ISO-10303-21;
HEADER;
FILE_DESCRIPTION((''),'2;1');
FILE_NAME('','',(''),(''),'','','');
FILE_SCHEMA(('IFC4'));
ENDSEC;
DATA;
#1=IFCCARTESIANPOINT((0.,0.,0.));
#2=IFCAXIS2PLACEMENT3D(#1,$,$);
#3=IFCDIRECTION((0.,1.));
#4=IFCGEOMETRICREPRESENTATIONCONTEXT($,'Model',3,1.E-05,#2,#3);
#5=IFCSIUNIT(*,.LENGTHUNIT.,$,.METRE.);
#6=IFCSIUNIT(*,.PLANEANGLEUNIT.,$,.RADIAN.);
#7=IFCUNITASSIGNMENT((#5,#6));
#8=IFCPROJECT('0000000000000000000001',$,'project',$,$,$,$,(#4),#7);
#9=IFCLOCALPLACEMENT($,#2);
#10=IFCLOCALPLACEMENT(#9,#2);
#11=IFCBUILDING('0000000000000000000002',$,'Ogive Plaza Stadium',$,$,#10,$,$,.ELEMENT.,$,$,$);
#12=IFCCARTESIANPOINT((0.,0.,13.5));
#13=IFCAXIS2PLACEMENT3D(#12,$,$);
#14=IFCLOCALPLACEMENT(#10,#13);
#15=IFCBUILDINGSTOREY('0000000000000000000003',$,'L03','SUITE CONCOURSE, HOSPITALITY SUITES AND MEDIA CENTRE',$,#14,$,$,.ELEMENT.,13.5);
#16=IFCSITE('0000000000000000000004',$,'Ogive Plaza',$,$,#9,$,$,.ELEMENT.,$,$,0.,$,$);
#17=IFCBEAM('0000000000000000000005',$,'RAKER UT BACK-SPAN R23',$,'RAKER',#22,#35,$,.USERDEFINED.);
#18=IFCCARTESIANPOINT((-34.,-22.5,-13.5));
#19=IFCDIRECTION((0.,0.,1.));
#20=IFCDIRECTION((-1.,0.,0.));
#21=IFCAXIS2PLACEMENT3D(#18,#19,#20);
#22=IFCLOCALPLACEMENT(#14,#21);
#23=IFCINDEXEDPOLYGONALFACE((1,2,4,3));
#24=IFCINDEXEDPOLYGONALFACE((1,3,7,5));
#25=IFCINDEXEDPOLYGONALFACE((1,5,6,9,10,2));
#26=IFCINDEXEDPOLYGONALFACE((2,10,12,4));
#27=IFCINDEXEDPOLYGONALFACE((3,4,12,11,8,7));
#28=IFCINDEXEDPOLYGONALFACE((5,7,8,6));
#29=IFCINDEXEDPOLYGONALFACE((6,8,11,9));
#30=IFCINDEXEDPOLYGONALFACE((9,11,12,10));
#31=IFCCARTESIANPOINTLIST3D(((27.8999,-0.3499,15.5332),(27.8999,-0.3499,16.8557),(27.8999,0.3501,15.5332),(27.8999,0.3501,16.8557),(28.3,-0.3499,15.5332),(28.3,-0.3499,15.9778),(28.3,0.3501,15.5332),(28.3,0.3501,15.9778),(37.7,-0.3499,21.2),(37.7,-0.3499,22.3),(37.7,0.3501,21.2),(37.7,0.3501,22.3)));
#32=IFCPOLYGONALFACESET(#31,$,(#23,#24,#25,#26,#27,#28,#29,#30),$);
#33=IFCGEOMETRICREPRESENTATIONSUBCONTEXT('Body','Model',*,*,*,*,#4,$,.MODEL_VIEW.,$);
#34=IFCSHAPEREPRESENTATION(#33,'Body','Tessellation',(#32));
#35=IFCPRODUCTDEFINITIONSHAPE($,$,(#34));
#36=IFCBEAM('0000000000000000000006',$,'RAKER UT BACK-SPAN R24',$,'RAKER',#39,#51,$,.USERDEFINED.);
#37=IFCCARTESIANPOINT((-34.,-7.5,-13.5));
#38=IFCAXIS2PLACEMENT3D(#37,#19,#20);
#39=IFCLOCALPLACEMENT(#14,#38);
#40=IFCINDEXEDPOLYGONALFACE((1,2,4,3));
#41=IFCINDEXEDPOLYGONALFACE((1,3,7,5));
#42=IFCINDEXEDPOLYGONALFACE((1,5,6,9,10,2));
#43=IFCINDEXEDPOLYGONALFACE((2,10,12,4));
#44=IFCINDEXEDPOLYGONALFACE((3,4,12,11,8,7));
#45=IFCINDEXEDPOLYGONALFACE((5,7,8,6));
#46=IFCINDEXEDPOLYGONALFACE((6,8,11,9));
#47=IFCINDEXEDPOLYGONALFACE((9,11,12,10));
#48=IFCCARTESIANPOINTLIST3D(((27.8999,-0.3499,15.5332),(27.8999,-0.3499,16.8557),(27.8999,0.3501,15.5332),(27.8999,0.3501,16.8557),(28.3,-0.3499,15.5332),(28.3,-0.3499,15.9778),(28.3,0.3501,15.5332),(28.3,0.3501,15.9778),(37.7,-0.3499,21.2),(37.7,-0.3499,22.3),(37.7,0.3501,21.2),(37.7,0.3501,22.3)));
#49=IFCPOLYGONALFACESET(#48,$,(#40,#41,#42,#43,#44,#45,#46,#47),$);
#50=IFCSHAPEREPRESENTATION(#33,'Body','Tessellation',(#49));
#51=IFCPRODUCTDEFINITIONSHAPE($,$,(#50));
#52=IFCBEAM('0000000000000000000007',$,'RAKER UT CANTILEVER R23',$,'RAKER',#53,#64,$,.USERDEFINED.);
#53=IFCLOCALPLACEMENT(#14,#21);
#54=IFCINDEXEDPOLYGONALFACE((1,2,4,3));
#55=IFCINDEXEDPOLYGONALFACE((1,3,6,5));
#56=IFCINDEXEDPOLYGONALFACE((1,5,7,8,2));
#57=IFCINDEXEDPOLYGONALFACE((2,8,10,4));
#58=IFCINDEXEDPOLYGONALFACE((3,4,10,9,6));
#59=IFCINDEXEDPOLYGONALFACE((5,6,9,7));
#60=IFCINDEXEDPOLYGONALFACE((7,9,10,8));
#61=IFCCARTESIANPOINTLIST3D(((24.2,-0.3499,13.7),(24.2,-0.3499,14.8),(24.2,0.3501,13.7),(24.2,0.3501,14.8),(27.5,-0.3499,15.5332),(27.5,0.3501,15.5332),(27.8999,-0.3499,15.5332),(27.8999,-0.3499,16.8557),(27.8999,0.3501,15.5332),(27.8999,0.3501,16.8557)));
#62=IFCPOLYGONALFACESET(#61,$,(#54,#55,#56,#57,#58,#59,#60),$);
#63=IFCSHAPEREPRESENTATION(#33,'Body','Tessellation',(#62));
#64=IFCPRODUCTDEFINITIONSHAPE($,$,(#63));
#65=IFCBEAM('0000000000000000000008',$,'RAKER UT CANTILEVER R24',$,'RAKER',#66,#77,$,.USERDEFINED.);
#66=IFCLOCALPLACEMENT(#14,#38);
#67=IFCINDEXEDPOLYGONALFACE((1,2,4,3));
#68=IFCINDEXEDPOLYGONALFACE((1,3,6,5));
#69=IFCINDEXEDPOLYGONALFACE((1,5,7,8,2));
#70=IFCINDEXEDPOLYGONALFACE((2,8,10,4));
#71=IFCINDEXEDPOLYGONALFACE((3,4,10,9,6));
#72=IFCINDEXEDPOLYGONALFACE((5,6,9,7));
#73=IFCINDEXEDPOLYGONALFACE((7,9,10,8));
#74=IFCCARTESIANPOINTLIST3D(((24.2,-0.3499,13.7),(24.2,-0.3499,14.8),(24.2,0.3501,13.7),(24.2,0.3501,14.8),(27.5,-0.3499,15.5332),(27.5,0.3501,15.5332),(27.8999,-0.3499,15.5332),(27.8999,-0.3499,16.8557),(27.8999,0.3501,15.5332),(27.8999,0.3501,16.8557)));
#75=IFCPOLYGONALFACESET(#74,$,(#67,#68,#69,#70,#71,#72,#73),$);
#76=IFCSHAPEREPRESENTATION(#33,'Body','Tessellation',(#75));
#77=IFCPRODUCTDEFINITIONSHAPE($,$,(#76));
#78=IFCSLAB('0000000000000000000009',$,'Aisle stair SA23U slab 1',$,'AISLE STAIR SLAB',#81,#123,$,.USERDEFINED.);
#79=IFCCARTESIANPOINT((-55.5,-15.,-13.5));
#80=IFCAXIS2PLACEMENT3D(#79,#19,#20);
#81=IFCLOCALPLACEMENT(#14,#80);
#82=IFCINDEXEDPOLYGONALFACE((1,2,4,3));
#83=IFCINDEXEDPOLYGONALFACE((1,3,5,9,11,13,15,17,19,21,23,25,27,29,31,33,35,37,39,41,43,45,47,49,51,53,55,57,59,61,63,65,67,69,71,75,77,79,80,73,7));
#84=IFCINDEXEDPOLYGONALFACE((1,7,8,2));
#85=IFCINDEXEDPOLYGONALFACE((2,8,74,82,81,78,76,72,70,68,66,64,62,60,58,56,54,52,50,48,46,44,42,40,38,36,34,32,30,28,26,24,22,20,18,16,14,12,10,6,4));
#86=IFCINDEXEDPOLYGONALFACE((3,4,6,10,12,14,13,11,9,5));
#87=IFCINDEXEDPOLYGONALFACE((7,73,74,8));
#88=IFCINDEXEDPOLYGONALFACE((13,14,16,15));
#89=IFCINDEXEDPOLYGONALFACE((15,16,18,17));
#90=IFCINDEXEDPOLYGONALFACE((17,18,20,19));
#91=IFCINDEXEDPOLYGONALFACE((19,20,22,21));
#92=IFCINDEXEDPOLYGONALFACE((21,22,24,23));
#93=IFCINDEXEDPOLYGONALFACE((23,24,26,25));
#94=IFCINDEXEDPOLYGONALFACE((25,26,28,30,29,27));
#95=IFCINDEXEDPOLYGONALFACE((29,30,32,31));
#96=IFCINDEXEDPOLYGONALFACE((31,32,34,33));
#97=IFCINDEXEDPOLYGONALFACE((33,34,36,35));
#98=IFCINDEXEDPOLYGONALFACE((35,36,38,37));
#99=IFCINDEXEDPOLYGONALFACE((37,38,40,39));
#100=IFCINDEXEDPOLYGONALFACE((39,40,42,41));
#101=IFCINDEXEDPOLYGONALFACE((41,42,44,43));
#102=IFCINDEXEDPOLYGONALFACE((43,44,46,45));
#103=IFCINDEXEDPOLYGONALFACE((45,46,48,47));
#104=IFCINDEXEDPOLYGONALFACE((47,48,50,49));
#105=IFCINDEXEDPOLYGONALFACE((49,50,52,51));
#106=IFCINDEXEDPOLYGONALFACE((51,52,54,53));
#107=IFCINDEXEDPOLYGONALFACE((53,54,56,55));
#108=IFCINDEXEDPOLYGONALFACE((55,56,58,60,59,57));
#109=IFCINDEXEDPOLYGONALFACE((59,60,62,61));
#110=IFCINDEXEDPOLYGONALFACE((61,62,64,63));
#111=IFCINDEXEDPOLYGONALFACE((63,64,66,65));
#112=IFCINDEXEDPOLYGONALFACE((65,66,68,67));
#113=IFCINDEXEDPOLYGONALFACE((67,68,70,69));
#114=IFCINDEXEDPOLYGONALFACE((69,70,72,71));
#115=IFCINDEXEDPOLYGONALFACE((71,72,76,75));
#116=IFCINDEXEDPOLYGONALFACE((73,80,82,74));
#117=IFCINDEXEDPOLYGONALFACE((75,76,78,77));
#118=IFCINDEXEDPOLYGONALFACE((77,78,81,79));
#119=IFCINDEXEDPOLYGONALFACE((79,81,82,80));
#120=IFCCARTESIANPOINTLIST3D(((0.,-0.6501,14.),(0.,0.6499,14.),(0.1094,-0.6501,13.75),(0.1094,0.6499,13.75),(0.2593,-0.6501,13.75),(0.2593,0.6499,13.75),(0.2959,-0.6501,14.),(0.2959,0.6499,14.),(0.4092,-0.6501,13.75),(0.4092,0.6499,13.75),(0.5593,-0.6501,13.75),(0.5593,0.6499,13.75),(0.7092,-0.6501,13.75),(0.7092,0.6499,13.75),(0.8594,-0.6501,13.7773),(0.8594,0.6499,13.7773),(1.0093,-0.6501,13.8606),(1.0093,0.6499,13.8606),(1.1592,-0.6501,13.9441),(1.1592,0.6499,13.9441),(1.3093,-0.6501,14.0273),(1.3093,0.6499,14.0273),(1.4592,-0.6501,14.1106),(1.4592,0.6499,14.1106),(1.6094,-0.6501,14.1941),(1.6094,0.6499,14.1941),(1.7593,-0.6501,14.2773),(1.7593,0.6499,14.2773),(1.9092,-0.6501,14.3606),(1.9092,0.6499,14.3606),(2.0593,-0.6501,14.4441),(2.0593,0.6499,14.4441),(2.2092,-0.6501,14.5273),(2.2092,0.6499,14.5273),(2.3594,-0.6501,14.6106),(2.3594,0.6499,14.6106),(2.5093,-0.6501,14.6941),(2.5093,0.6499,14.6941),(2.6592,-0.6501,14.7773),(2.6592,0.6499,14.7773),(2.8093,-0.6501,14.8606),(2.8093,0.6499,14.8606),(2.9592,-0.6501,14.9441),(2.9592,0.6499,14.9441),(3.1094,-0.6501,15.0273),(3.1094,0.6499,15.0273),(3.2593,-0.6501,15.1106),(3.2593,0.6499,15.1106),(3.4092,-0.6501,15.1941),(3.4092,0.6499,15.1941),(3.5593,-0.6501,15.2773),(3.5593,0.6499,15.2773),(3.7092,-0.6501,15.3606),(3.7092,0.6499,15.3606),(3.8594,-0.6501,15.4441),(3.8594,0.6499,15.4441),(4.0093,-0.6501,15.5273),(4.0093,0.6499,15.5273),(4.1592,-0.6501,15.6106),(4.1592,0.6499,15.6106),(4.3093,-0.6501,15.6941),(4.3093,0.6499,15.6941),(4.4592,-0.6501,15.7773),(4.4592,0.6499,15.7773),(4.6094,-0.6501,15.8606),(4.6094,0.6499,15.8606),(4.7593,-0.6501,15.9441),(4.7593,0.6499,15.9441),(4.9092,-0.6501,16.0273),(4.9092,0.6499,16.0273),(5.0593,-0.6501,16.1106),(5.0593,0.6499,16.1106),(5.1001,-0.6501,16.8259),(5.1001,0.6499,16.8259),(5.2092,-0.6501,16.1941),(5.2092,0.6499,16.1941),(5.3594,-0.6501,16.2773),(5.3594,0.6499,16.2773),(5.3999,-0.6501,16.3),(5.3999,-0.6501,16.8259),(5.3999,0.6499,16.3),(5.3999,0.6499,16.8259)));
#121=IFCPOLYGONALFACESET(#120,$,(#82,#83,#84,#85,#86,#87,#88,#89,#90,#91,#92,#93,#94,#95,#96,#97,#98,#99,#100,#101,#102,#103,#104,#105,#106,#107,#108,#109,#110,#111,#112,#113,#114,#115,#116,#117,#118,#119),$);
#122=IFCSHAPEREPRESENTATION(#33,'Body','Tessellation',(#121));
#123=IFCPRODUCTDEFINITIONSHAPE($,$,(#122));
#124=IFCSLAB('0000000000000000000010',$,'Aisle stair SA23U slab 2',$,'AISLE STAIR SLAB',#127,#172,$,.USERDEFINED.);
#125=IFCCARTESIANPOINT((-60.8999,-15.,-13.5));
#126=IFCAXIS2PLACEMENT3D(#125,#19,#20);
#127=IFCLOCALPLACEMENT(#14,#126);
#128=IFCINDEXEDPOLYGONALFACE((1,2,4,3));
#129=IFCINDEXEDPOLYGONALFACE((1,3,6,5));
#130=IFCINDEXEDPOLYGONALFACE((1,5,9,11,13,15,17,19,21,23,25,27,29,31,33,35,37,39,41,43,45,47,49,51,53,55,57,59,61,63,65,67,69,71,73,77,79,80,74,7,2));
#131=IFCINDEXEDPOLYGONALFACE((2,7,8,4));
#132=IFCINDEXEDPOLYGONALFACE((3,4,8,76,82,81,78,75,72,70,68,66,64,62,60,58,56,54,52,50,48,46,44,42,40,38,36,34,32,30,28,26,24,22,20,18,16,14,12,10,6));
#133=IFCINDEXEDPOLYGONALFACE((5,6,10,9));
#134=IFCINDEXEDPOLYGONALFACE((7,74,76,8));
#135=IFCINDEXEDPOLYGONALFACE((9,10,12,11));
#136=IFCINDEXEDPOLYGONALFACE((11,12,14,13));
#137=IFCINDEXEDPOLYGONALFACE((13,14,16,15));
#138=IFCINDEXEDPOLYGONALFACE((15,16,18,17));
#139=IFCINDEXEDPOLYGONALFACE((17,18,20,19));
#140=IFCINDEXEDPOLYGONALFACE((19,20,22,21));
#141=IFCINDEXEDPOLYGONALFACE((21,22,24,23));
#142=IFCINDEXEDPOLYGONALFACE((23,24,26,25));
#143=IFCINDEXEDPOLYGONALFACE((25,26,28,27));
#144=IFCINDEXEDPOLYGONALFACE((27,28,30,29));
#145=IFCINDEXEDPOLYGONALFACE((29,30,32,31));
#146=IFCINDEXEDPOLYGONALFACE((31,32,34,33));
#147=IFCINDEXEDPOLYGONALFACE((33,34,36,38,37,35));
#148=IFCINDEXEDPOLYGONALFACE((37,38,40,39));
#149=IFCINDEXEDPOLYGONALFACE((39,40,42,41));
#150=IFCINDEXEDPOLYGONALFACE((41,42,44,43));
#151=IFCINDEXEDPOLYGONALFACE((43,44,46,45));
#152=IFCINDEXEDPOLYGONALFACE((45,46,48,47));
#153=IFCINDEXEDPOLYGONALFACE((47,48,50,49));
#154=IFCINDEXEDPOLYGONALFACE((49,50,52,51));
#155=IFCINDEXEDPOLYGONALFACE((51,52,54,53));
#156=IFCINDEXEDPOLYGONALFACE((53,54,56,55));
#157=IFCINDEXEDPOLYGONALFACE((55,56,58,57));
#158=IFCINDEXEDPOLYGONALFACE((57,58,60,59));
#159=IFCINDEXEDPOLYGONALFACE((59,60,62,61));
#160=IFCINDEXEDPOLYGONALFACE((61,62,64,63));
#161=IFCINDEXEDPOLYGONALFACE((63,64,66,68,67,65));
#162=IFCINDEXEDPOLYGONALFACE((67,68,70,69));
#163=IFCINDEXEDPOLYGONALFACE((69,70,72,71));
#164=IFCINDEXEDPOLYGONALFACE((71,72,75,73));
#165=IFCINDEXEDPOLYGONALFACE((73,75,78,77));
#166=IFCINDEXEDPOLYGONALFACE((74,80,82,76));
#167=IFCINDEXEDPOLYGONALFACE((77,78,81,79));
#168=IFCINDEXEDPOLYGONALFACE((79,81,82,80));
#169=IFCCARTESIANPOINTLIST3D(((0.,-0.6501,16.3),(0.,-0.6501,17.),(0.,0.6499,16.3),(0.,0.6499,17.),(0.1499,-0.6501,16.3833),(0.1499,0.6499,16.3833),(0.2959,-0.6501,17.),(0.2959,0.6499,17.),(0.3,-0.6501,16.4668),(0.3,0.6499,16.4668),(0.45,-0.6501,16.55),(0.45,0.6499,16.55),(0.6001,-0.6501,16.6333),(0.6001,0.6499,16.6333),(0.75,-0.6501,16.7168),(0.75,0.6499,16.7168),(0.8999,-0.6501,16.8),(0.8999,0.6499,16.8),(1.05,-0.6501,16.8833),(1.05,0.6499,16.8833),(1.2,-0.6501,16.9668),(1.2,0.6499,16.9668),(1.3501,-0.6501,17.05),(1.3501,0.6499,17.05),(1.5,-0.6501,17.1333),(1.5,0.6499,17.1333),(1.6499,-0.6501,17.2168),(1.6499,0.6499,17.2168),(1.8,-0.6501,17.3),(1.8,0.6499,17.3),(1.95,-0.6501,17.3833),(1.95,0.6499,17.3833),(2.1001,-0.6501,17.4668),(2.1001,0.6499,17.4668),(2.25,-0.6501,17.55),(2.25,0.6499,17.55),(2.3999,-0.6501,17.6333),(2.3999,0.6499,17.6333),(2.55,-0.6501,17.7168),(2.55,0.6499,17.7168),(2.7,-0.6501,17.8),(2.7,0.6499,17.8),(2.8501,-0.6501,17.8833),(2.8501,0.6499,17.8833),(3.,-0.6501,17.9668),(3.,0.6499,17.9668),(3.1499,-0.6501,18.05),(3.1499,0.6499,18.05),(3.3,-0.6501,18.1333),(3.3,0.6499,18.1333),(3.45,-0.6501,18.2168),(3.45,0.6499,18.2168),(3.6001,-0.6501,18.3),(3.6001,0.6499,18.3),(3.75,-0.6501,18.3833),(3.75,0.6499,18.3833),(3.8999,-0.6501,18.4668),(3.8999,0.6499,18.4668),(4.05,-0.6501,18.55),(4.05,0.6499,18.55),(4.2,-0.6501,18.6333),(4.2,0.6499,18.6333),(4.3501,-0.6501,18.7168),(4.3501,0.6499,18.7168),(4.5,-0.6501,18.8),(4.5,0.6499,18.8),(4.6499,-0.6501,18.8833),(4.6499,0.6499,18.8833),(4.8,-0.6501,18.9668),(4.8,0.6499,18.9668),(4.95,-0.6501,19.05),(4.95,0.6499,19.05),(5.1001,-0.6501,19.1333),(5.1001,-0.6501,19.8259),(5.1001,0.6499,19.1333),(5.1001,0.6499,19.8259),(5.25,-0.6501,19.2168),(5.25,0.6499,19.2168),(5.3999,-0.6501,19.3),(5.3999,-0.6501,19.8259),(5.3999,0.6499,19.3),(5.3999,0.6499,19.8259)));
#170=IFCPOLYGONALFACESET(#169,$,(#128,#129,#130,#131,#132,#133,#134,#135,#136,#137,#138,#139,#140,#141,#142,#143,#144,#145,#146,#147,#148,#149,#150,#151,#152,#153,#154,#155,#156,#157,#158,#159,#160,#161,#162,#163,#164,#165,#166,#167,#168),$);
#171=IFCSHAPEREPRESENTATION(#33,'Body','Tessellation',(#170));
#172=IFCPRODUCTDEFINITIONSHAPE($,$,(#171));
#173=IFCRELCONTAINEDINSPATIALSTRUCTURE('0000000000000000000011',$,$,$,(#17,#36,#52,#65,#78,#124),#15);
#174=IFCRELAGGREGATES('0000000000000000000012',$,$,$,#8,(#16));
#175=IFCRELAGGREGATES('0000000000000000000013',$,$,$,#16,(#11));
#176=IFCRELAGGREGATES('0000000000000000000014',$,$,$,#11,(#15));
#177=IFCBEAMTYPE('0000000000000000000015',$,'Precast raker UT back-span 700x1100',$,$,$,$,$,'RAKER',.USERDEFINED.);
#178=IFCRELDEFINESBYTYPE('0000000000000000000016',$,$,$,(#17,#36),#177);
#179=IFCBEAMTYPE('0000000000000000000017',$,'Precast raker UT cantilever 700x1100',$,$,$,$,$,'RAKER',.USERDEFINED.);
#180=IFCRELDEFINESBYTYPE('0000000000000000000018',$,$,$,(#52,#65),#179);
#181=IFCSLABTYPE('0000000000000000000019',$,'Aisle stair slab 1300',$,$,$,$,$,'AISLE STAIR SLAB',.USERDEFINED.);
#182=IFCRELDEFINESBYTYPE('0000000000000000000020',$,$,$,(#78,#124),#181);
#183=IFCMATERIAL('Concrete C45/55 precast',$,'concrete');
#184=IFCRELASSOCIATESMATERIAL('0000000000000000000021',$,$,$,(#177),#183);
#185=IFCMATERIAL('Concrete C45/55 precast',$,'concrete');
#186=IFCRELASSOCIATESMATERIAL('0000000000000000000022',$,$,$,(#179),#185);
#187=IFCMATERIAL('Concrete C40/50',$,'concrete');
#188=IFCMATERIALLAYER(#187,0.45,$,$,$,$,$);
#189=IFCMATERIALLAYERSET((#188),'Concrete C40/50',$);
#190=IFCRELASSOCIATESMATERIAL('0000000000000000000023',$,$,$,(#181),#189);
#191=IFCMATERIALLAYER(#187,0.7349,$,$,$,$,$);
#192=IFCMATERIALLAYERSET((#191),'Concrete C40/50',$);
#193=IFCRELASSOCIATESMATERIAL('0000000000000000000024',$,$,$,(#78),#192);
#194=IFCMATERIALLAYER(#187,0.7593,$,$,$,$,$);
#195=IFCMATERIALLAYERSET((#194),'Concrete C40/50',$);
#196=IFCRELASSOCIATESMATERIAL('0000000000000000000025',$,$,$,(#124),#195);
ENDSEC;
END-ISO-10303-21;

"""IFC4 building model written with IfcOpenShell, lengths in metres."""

from ifc_helpers import new_model, si_unit, direction, frame, origin, origin_2d, place, context, subcontext, project, spatial, polyline, rectangle, outline, extrude, material, layer, layer_set, material_profile, profile_set, type_object, element, save


model = new_model("IFC4")

# Units and contexts
model_context = context("Model", 3, precision=1e-05, world=origin(), true_north=direction((0.0, 1.0)))
body_context = subcontext(model_context, "Body", "Model", "MODEL_VIEW")
ifc_project = project(units=[si_unit("LENGTHUNIT", "METRE"), si_unit("PLANEANGLEUNIT", "RADIAN")], contexts=[model_context])

# Site, building, storey
site_placement = place(None, origin())
site = spatial("IfcSite", under=ifc_project, at=site_placement, Name="Ogive Plaza", CompositionType="ELEMENT", RefElevation=0.0)
building_placement = place(site_placement, origin())
building = spatial("IfcBuilding", under=site, at=building_placement, Name="Ogive Plaza Stadium", CompositionType="ELEMENT")
storey_placement = place(building_placement, frame((0.0, 0.0, 13.5)))
storey = spatial("IfcBuildingStorey", under=building, at=storey_placement, Name="L03", Description="SUITE CONCOURSE, HOSPITALITY SUITES AND MEDIA CENTRE", CompositionType="ELEMENT", Elevation=13.5)

# Beams
ifc_material_1 = material(Name="Concrete C45/55 precast", Category="concrete")
ifc_material_profile_1 = material_profile(ifc_material_1, rectangle(XDim=0.7, YDim=1.1001, at=origin_2d()), Name="RC 700x1100")
ifc_profile_set_1 = profile_set([ifc_material_profile_1], Name="Concrete C45/55 precast")
beam_type_1 = type_object("IfcBeamType", Name="Precast raker UT back-span 700x1100", ElementType="RAKER", PredefinedType="USERDEFINED", material=ifc_profile_set_1)
for number, where, z_axis, x_axis, name in (
    (1, (-34.0, -22.5, -13.5), (0.0, 0.0, 1.0), (-1.0, 0.0, 0.0), "RAKER UT BACK-SPAN R23"),
    (2, (-34.0, -7.5, -13.5), (0.0, 0.0, 1.0), (-1.0, 0.0, 0.0), "RAKER UT BACK-SPAN R24"),
):
    element("IfcBeam", number, at=place(storey_placement, frame(where, z_axis=z_axis, x_axis=x_axis)), inside=storey, type_object=beam_type_1, Name=name, ObjectType="RAKER", PredefinedType="USERDEFINED", context=body_context, shape_type="SweptSolid", body=[
        extrude(outline(polyline([(27.8999, 15.5332), (28.3, 15.5332), (28.3, 15.9778), (37.7, 21.2), (37.7, 22.3), (27.8999, 16.8557), (27.8999, 15.5332)])), frame((0.0, 0.3501, 0.0), z_axis=(0.0, -1.0, 0.0), x_axis=(1.0, 0.0, 0.0)), (0.0, 0.0, 1.0), 0.7),
    ])
ifc_material_2 = material(Name="Concrete C45/55 precast", Category="concrete")
ifc_material_profile_2 = material_profile(ifc_material_2, rectangle(XDim=0.7, YDim=1.1001, at=origin_2d()), Name="RC 700x1100")
ifc_profile_set_2 = profile_set([ifc_material_profile_2], Name="Concrete C45/55 precast")
beam_type_2 = type_object("IfcBeamType", Name="Precast raker UT cantilever 700x1100", ElementType="RAKER", PredefinedType="USERDEFINED", material=ifc_profile_set_2)
for number, where, z_axis, x_axis, name in (
    (3, (-34.0, -22.5, -13.5), (0.0, 0.0, 1.0), (-1.0, 0.0, 0.0), "RAKER UT CANTILEVER R23"),
    (4, (-34.0, -7.5, -13.5), (0.0, 0.0, 1.0), (-1.0, 0.0, 0.0), "RAKER UT CANTILEVER R24"),
):
    element("IfcBeam", number, at=place(storey_placement, frame(where, z_axis=z_axis, x_axis=x_axis)), inside=storey, type_object=beam_type_2, Name=name, ObjectType="RAKER", PredefinedType="USERDEFINED", context=body_context, shape_type="SweptSolid", body=[
        extrude(outline(polyline([(24.2, 13.7), (27.5, 15.5332), (27.8999, 15.5332), (27.8999, 16.8557), (24.2, 14.8), (24.2, 13.7)])), frame((0.0, 0.3501, 0.0), z_axis=(0.0, -1.0, 0.0), x_axis=(1.0, 0.0, 0.0)), (0.0, 0.0, 1.0), 0.7),
    ])

# Slabs
ifc_material_3 = material(Name="Concrete C40/50", Category="concrete")
ifc_layer_1 = layer(ifc_material_3, 0.7349)
ifc_layer_set_1 = layer_set([ifc_layer_1], Name="Concrete C40/50")
ifc_layer_2 = layer(ifc_material_3, 0.45)
ifc_layer_set_2 = layer_set([ifc_layer_2], Name="Concrete C40/50")
slab_type_1 = type_object("IfcSlabType", Name="Aisle stair slab 1300", ElementType="AISLE STAIR SLAB", PredefinedType="USERDEFINED", material=ifc_layer_set_2)
slab_1_placement = place(storey_placement, frame((-55.5, -15.0, -13.5), z_axis=(0.0, 0.0, 1.0), x_axis=(-1.0, 0.0, 0.0)))
element("IfcSlab", 5, at=slab_1_placement, inside=storey, type_object=slab_type_1, material=ifc_layer_set_1, Name="Aisle stair SA23U slab 1", ObjectType="AISLE STAIR SLAB", PredefinedType="USERDEFINED", context=body_context, shape_type="SweptSolid", body=[
    extrude(outline(polyline([(0.0, 14.0), (0.2959, 14.0), (5.1001, 16.8259), (5.3999, 16.8259), (5.3999, 16.3), (5.3594, 16.2773), (5.2092, 16.1941), (5.0593, 16.1106), (4.9092, 16.0273), (4.7593, 15.9441), (4.6094, 15.8606), (4.4592, 15.7773), (4.3093, 15.6941), (4.1592, 15.6106), (4.0093, 15.5273), (3.8594, 15.4441), (3.7092, 15.3606), (3.5593, 15.2773), (3.4092, 15.1941), (3.2593, 15.1106), (3.1094, 15.0273), (2.9592, 14.9441), (2.8093, 14.8606), (2.6592, 14.7773), (2.5093, 14.6941), (2.3594, 14.6106), (2.2092, 14.5273), (2.0593, 14.4441), (1.9092, 14.3606), (1.7593, 14.2773), (1.6094, 14.1941), (1.4592, 14.1106), (1.3093, 14.0273), (1.1592, 13.9441), (1.0093, 13.8606), (0.8594, 13.7773), (0.7092, 13.75), (0.5593, 13.75), (0.4092, 13.75), (0.2593, 13.75), (0.1094, 13.75), (0.0, 14.0)])), frame((0.0, 0.6499, 0.0), z_axis=(0.0, -1.0, 0.0), x_axis=(1.0, 0.0, 0.0)), (0.0, 0.0, 1.0), 1.3),
])
ifc_layer_3 = layer(ifc_material_3, 0.7593)
ifc_layer_set_3 = layer_set([ifc_layer_3], Name="Concrete C40/50")
slab_2_placement = place(storey_placement, frame((-60.8999, -15.0, -13.5), z_axis=(0.0, 0.0, 1.0), x_axis=(-1.0, 0.0, 0.0)))
element("IfcSlab", 6, at=slab_2_placement, inside=storey, type_object=slab_type_1, material=ifc_layer_set_3, Name="Aisle stair SA23U slab 2", ObjectType="AISLE STAIR SLAB", PredefinedType="USERDEFINED", context=body_context, shape_type="SweptSolid", body=[
    extrude(outline(polyline([(0.0, 17.0), (0.2959, 17.0), (5.1001, 19.8259), (5.3999, 19.8259), (5.3999, 19.3), (5.25, 19.2168), (5.1001, 19.1333), (4.95, 19.05), (4.8, 18.9668), (4.6499, 18.8833), (4.5, 18.8), (4.3501, 18.7168), (4.2, 18.6333), (4.05, 18.55), (3.8999, 18.4668), (3.75, 18.3833), (3.6001, 18.3), (3.45, 18.2168), (3.3, 18.1333), (3.1499, 18.05), (3.0, 17.9668), (2.8501, 17.8833), (2.7, 17.8), (2.55, 17.7168), (2.3999, 17.6333), (2.25, 17.55), (2.1001, 17.4668), (1.95, 17.3833), (1.8, 17.3), (1.6499, 17.2168), (1.5, 17.1333), (1.3501, 17.05), (1.2, 16.9668), (1.05, 16.8833), (0.8999, 16.8), (0.75, 16.7168), (0.6001, 16.6333), (0.45, 16.55), (0.3, 16.4668), (0.1499, 16.3833), (0.0, 16.3), (0.0, 17.0)])), frame((0.0, 0.6499, 0.0), z_axis=(0.0, -1.0, 0.0), x_axis=(1.0, 0.0, 0.0)), (0.0, 0.0, 1.0), 1.3),
])

save(model, "model.ifc")
